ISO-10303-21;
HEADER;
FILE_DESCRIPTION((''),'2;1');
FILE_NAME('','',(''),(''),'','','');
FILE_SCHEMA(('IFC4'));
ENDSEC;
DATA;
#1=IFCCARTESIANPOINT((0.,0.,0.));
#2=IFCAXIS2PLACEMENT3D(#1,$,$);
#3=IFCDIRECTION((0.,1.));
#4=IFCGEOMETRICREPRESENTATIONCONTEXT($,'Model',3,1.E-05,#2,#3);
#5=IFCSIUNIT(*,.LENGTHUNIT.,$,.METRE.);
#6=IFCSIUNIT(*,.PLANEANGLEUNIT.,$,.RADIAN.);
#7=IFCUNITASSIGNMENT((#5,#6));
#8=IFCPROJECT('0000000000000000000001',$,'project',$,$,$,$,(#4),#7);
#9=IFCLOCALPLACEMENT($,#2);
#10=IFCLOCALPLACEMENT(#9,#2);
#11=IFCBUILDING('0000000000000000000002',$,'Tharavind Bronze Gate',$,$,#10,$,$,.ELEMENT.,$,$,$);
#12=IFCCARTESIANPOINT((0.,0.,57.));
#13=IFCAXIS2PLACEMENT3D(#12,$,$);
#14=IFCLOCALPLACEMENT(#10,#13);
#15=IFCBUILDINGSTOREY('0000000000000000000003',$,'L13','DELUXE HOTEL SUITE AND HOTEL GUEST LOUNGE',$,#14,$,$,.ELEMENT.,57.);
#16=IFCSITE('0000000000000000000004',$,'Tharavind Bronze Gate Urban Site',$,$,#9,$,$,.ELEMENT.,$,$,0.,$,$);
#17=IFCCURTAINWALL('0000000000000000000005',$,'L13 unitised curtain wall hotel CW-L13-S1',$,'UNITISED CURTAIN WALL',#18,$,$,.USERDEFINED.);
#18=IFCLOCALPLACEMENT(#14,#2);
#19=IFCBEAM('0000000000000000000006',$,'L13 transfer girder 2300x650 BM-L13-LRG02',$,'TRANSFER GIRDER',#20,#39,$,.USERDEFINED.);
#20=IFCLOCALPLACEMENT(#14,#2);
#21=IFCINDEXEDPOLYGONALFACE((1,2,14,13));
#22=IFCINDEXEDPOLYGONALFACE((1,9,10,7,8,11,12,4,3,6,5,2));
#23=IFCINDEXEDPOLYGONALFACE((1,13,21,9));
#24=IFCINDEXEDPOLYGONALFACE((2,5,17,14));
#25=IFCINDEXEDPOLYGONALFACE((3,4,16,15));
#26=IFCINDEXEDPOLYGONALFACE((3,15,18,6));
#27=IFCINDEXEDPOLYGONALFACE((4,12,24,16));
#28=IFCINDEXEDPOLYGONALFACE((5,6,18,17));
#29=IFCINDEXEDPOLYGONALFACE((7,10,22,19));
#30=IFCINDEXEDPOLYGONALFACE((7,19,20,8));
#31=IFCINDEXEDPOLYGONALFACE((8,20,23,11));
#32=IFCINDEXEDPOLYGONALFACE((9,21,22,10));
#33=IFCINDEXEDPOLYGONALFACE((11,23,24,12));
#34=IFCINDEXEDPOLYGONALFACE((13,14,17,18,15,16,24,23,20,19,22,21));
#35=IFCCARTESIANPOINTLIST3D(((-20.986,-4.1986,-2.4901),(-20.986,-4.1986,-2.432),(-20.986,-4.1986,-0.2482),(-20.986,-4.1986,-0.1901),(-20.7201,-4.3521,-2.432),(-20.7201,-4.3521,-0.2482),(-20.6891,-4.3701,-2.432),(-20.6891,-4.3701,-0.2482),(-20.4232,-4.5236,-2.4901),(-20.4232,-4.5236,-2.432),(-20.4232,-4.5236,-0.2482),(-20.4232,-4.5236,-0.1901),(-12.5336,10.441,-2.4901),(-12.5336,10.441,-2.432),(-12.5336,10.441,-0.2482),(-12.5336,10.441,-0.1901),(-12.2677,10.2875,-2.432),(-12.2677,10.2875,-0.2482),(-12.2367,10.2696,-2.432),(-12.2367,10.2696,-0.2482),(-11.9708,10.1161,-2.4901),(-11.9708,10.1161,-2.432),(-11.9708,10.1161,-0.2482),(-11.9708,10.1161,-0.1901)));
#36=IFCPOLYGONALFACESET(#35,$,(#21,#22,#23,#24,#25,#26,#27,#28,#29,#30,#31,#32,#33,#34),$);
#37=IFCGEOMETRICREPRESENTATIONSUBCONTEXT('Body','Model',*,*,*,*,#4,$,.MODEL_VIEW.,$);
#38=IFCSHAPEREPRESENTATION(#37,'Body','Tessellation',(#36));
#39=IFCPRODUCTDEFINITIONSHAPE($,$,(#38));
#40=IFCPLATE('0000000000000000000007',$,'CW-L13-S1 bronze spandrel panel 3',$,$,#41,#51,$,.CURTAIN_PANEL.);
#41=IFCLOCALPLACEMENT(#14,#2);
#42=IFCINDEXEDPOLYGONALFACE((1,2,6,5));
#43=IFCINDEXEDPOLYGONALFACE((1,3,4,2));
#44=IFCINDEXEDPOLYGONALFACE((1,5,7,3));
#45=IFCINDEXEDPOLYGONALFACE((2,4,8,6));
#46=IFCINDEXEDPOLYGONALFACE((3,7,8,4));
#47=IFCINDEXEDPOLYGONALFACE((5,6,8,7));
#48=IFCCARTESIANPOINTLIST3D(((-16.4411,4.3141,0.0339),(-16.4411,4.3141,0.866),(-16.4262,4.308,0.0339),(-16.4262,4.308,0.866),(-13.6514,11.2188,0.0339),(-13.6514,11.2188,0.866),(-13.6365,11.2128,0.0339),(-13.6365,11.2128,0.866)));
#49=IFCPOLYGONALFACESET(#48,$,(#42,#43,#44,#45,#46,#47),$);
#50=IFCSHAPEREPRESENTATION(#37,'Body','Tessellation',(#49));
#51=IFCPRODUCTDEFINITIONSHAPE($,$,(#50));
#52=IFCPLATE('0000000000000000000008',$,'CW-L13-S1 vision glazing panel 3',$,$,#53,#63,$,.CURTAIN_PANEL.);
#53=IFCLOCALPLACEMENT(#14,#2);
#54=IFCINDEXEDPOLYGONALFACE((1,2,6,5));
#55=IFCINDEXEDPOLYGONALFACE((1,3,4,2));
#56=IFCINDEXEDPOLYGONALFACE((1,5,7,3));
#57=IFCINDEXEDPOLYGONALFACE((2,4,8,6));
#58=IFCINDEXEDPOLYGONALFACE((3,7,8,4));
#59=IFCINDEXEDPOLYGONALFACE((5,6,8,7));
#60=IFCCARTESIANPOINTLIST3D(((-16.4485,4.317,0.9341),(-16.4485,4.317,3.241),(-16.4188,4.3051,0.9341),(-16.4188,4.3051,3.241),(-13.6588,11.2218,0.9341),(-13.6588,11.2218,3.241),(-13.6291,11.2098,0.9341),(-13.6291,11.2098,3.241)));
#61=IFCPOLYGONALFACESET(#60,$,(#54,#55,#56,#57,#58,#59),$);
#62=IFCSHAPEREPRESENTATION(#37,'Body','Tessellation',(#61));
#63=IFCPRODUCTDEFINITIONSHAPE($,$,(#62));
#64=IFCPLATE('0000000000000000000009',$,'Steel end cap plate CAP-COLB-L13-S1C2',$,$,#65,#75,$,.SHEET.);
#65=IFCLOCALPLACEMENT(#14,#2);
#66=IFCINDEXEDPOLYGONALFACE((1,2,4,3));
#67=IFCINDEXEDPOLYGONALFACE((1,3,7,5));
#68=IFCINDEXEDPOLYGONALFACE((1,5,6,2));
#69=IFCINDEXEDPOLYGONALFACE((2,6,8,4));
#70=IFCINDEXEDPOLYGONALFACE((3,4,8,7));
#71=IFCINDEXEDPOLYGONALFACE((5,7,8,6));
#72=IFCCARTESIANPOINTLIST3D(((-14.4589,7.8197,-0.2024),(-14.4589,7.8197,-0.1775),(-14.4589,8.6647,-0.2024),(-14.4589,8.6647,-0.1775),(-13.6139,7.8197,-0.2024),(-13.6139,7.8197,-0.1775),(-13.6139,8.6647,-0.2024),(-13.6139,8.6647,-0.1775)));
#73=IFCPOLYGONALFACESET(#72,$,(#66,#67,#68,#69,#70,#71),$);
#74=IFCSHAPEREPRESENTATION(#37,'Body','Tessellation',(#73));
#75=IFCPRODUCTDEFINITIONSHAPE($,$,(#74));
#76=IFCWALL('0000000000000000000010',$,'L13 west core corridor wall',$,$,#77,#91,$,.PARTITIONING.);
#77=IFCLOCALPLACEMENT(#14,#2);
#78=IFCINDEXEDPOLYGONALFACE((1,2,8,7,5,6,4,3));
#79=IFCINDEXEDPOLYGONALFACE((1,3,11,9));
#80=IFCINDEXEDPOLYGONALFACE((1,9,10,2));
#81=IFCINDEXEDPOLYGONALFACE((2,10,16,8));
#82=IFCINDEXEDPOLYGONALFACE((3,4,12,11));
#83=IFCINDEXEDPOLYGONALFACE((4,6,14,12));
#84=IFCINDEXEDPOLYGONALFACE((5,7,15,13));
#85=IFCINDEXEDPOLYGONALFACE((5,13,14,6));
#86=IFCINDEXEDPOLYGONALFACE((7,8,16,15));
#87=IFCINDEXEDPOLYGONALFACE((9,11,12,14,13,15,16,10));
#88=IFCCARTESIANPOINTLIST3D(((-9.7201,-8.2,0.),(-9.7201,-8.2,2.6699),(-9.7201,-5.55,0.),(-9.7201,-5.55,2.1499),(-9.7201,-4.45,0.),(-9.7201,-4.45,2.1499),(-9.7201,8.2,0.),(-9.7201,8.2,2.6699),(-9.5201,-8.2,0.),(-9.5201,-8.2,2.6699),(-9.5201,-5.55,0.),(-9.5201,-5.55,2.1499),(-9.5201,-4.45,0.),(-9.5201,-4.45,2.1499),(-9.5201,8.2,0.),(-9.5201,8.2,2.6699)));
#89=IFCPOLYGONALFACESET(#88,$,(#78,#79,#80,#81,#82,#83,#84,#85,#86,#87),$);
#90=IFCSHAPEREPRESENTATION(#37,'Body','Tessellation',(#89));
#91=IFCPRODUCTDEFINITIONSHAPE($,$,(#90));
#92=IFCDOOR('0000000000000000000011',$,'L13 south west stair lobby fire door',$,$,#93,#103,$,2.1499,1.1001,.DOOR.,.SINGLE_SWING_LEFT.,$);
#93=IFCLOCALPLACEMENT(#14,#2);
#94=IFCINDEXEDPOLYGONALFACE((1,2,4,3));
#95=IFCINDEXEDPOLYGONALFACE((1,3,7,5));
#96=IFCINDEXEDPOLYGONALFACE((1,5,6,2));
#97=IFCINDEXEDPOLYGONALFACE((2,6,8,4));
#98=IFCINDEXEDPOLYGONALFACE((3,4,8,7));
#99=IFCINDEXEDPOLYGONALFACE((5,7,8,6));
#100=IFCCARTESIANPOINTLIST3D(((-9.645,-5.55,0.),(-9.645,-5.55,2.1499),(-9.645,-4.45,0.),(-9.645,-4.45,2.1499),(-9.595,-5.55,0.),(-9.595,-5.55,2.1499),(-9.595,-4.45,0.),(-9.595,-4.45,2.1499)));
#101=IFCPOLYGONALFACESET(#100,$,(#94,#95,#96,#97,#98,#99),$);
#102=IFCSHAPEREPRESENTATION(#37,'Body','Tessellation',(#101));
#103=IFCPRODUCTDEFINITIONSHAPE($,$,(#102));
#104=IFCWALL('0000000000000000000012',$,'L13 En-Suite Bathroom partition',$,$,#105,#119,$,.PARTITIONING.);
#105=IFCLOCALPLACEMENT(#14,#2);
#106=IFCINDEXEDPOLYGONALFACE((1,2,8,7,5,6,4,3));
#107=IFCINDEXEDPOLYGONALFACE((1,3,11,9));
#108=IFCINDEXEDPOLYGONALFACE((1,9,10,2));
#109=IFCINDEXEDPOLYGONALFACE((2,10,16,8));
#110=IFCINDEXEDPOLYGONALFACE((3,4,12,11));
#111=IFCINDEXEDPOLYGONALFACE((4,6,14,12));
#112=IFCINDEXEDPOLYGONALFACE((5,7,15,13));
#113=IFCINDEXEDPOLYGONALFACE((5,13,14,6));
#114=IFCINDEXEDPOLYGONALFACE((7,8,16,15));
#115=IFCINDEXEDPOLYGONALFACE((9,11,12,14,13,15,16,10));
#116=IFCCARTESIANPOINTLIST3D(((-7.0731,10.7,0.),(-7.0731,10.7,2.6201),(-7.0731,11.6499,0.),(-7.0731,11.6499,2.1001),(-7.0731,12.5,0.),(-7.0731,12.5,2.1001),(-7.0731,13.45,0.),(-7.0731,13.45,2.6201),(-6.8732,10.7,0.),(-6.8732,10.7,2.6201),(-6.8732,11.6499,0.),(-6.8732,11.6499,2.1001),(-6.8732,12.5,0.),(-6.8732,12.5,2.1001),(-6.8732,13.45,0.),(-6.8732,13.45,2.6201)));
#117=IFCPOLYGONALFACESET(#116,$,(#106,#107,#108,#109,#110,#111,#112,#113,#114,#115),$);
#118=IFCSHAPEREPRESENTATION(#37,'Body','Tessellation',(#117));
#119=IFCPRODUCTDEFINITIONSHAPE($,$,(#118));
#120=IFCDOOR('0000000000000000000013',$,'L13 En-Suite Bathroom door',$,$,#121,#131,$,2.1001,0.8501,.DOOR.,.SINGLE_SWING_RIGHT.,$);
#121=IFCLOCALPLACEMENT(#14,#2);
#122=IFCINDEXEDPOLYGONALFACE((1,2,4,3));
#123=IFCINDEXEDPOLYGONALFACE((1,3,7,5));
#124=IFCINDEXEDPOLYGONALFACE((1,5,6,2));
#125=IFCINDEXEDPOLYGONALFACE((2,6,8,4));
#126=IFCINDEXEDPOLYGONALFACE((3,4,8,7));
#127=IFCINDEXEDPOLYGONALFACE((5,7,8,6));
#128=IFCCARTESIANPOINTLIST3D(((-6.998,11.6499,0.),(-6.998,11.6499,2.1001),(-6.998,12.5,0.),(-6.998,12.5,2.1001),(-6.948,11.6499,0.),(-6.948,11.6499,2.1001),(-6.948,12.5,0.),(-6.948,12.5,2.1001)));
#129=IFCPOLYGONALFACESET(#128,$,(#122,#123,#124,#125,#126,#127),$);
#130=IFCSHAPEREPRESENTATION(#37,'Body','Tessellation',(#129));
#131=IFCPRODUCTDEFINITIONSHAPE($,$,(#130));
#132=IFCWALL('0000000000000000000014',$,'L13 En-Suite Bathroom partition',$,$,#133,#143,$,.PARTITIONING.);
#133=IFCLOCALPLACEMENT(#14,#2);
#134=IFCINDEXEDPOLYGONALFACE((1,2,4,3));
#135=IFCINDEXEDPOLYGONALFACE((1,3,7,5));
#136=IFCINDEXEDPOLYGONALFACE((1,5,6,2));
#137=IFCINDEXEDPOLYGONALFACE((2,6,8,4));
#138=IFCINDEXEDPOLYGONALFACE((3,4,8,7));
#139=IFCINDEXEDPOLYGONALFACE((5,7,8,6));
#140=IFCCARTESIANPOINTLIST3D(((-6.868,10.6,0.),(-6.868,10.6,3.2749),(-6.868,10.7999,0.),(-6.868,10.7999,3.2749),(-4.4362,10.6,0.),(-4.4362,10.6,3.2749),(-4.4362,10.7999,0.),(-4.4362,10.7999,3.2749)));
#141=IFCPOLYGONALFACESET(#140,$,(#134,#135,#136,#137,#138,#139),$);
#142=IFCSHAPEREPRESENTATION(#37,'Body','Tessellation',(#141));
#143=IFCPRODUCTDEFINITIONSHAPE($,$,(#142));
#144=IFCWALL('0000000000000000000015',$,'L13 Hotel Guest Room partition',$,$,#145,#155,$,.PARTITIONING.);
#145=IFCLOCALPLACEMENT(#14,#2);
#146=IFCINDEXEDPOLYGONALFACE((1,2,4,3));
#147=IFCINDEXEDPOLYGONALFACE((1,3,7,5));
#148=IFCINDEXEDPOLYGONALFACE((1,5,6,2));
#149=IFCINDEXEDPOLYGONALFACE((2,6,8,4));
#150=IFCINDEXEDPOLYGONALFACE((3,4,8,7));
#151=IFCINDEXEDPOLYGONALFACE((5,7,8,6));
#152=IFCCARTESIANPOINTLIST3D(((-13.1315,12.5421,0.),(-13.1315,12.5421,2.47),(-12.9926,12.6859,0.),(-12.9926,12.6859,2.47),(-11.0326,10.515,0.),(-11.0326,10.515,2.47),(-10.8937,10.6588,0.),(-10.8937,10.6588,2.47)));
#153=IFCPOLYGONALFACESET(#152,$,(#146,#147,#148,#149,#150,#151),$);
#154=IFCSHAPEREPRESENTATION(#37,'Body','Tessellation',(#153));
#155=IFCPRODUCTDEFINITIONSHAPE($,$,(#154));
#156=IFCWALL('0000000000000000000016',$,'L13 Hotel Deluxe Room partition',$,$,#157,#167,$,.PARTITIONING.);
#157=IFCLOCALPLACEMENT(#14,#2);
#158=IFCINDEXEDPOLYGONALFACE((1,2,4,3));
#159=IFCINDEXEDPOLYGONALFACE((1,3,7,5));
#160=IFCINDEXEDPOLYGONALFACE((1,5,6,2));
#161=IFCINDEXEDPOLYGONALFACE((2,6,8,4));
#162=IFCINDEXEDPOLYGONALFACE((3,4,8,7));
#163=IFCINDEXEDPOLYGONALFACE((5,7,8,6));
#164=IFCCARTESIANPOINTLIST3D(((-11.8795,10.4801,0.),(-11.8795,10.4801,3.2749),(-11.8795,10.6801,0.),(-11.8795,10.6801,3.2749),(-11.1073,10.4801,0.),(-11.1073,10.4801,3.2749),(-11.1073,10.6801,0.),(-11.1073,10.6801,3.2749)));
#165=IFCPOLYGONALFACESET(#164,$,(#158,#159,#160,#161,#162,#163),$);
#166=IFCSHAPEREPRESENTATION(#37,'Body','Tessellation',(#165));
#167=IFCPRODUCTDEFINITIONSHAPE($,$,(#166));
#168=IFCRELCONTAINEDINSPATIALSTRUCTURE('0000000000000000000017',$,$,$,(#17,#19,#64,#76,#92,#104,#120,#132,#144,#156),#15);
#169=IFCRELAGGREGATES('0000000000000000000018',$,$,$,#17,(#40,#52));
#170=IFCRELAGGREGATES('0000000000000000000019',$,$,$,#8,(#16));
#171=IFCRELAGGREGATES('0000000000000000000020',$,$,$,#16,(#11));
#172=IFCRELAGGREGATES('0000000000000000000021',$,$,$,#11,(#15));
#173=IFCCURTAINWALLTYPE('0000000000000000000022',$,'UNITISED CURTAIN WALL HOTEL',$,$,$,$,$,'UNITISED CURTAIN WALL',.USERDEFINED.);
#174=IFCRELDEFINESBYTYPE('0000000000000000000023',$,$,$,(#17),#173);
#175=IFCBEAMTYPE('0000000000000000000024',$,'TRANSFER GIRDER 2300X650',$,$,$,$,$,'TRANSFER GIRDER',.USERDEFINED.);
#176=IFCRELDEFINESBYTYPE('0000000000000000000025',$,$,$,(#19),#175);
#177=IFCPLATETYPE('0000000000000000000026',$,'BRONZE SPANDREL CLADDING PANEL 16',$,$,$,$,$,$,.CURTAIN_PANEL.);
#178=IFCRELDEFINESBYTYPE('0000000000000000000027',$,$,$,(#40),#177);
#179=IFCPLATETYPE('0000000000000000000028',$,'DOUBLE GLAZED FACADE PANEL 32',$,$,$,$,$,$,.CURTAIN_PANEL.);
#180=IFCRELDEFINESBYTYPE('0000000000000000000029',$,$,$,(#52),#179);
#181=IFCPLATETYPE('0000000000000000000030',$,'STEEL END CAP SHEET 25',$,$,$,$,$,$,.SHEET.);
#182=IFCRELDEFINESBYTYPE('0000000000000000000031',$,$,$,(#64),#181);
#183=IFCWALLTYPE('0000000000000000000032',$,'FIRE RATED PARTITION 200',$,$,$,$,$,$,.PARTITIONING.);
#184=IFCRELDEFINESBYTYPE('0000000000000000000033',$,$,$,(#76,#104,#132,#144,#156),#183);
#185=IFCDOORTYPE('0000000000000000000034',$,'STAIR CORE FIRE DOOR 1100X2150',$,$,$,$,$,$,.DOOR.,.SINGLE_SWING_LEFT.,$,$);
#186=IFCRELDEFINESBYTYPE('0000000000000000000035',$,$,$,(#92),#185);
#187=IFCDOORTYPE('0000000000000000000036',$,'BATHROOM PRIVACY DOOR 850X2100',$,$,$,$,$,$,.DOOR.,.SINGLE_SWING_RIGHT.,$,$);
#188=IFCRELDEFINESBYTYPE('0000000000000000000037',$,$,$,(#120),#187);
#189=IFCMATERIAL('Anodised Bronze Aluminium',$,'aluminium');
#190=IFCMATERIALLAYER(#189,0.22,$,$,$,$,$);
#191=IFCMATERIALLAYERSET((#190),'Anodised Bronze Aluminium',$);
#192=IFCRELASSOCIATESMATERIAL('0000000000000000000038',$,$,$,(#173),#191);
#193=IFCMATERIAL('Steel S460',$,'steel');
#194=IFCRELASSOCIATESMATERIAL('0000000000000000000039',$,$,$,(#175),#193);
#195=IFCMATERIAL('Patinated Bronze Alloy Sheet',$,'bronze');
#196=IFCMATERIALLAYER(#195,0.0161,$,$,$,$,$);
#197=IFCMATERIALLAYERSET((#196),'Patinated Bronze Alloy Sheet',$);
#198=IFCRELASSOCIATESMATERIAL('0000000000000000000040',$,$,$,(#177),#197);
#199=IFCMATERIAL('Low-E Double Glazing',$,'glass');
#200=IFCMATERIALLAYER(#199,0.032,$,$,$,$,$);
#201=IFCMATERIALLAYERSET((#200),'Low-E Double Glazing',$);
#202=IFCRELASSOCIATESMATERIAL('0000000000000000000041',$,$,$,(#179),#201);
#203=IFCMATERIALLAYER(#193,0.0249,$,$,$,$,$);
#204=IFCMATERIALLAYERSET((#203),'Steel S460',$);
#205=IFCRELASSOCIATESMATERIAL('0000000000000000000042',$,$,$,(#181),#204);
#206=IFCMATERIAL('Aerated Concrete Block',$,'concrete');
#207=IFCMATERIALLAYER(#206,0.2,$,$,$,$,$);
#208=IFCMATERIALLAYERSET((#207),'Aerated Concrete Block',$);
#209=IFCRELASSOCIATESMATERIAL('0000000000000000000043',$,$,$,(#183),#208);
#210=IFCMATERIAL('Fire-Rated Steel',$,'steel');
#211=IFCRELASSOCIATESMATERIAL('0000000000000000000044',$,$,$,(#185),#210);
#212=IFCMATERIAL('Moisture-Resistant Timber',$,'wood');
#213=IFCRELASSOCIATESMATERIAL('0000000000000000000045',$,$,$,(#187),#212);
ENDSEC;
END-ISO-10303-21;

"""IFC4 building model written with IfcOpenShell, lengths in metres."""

from ifc_helpers import new_model, si_unit, direction, frame, frame_2d, origin, origin_2d, place, context, subcontext, project, spatial, rectangle, i_section, extrude, material, layer, layer_set, material_profile, profile_set, type_object, element, fill, aggregate, save


model = new_model("IFC4")

# Units and contexts
model_context = context("Model", 3, precision=1e-05, world=origin(), true_north=direction((0.0, 1.0)))
body_context = subcontext(model_context, "Body", "Model", "MODEL_VIEW")
ifc_project = project(units=[si_unit("LENGTHUNIT", "METRE"), si_unit("PLANEANGLEUNIT", "RADIAN")], contexts=[model_context])

# Site, building, storey
site_placement = place(None, origin())
site = spatial("IfcSite", under=ifc_project, at=site_placement, Name="Tharavind Bronze Gate Urban Site", CompositionType="ELEMENT", RefElevation=0.0)
building_placement = place(site_placement, origin())
building = spatial("IfcBuilding", under=site, at=building_placement, Name="Tharavind Bronze Gate", CompositionType="ELEMENT")
storey_placement = place(building_placement, frame((0.0, 0.0, 57.0)))
storey = spatial("IfcBuildingStorey", under=building, at=storey_placement, Name="L13", Description="DELUXE HOTEL SUITE AND HOTEL GUEST LOUNGE", CompositionType="ELEMENT", Elevation=57.0)

# Shared definitions
ifc_material_1 = material(Name="Steel S460", Category="steel")

# Curtain wall
ifc_material_2 = material(Name="Anodised Bronze Aluminium", Category="aluminium")
ifc_layer_1 = layer(ifc_material_2, 0.22)
ifc_layer_set_1 = layer_set([ifc_layer_1], Name="Anodised Bronze Aluminium")
curtain_wall_type = type_object("IfcCurtainWallType", Name="UNITISED CURTAIN WALL HOTEL", ElementType="UNITISED CURTAIN WALL", PredefinedType="USERDEFINED", material=ifc_layer_set_1)
curtain_wall_placement = place(storey_placement, origin())
curtain_wall = element("IfcCurtainWall", 1, at=curtain_wall_placement, inside=storey, type_object=curtain_wall_type, Name="L13 unitised curtain wall hotel CW-L13-S1", ObjectType="UNITISED CURTAIN WALL", PredefinedType="USERDEFINED")

# Beam
ifc_material_profile_1 = material_profile(ifc_material_1, i_section(OverallWidth=0.6499, OverallDepth=2.3, WebThickness=0.0359, FlangeThickness=0.0581, at=origin_2d()), Name="PG2300X650")
ifc_profile_set_1 = profile_set([ifc_material_profile_1], Name="Steel S460")
beam_type_1 = type_object("IfcBeamType", Name="TRANSFER GIRDER 2300X650", ElementType="TRANSFER GIRDER", PredefinedType="USERDEFINED", material=ifc_profile_set_1)
beam_1_placement = place(storey_placement, frame((-12.2522, 10.2786, -1.3401), z_axis=(-0.500008, -0.866021, 0.0), x_axis=(0.866021, -0.500008, 0.0)))
element("IfcBeam", 2, at=beam_1_placement, inside=storey, type_object=beam_type_1, Name="L13 transfer girder 2300x650 BM-L13-LRG02", ObjectType="TRANSFER GIRDER", PredefinedType="USERDEFINED", context=body_context, shape_type="SweptSolid", body=[
    extrude(i_section(OverallWidth=0.6499, OverallDepth=2.3, WebThickness=0.0359, FlangeThickness=0.0581, at=origin_2d()), origin(), (0.0, 0.0, 1.0), 16.9045),
])

# Plates
ifc_material_3 = material(Name="Patinated Bronze Alloy Sheet", Category="bronze")
ifc_layer_2 = layer(ifc_material_3, 0.0161)
ifc_layer_set_2 = layer_set([ifc_layer_2], Name="Patinated Bronze Alloy Sheet")
plate_type_1 = type_object("IfcPlateType", Name="BRONZE SPANDREL CLADDING PANEL 16", PredefinedType="CURTAIN_PANEL", material=ifc_layer_set_2)
plate_1_placement = place(storey_placement, frame((-15.0388, 7.7634, 0.0339), z_axis=(0.0, 0.0, 1.0), x_axis=(-0.374607, -0.927184, 0.0)))
plate_1 = element("IfcPlate", 3, at=plate_1_placement, type_object=plate_type_1, Name="CW-L13-S1 bronze spandrel panel 3", PredefinedType="CURTAIN_PANEL", context=body_context, shape_type="SweptSolid", body=[
    extrude(rectangle(XDim=7.447, YDim=0.0161, at=origin_2d()), origin(), (0.0, 0.0, 1.0), 0.832),
])
ifc_material_4 = material(Name="Low-E Double Glazing", Category="glass")
ifc_layer_3 = layer(ifc_material_4, 0.032)
ifc_layer_set_3 = layer_set([ifc_layer_3], Name="Low-E Double Glazing")
plate_type_2 = type_object("IfcPlateType", Name="DOUBLE GLAZED FACADE PANEL 32", PredefinedType="CURTAIN_PANEL", material=ifc_layer_set_3)
plate_2_placement = place(storey_placement, frame((-15.0388, 7.7634, 0.9341), z_axis=(0.0, 0.0, 1.0), x_axis=(-0.374607, -0.927184, 0.0)))
plate_2 = element("IfcPlate", 4, at=plate_2_placement, type_object=plate_type_2, Name="CW-L13-S1 vision glazing panel 3", PredefinedType="CURTAIN_PANEL", context=body_context, shape_type="SweptSolid", body=[
    extrude(rectangle(XDim=7.447, YDim=0.032, at=origin_2d()), origin(), (0.0, 0.0, 1.0), 2.3069),
])
aggregate(curtain_wall, [plate_1, plate_2])
ifc_layer_4 = layer(ifc_material_1, 0.0249)
ifc_layer_set_4 = layer_set([ifc_layer_4], Name="Steel S460")
plate_type_3 = type_object("IfcPlateType", Name="STEEL END CAP SHEET 25", PredefinedType="SHEET", material=ifc_layer_set_4)
plate_3_placement = place(storey_placement, frame((-14.0364, 8.2422, -0.2024), z_axis=(0.0, 0.0, 1.0), x_axis=(1.0, 0.0, 0.0)))
element("IfcPlate", 5, at=plate_3_placement, inside=storey, type_object=plate_type_3, Name="Steel end cap plate CAP-COLB-L13-S1C2", PredefinedType="SHEET", context=body_context, shape_type="SweptSolid", body=[
    extrude(rectangle(XDim=0.845, YDim=0.845, at=origin_2d()), origin(), (0.0, 0.0, 1.0), 0.0249),
])

# Walls, openings, doors
ifc_material_5 = material(Name="Aerated Concrete Block", Category="concrete")
ifc_layer_5 = layer(ifc_material_5, 0.2)
ifc_layer_set_5 = layer_set([ifc_layer_5], Name="Aerated Concrete Block")
wall_type_1 = type_object("IfcWallType", Name="FIRE RATED PARTITION 200", PredefinedType="PARTITIONING", material=ifc_layer_set_5)
wall_1_placement = place(storey_placement, frame((-9.6201, 8.2, 0.0), z_axis=(0.0, 0.0, 1.0), x_axis=(0.0, -1.0, 0.0)))
wall_1 = element("IfcWall", 6, at=wall_1_placement, inside=storey, type_object=wall_type_1, Name="L13 west core corridor wall", PredefinedType="PARTITIONING", context=body_context, shape_type="SweptSolid", body=[
    extrude(rectangle(XDim=16.3999, YDim=0.2, at=frame_2d((8.2, 0.0))), origin(), (0.0, 0.0, 1.0), 2.6699),
])
opening_1_placement = place(wall_1_placement, frame((12.6499, 0.0, 0.0)))
opening_1 = element("IfcOpeningElement", 7, at=opening_1_placement, cuts=wall_1, PredefinedType="OPENING", context=body_context, shape_type="SweptSolid", body=[
    extrude(rectangle(XDim=1.1001, YDim=2.1499, at=frame_2d((0.55, 1.075))), frame((0.0, 0.1101, 0.0), z_axis=(0.0, -1.0, 0.0), x_axis=(1.0, 0.0, 0.0)), (0.0, 0.0, 1.0), 0.22),
])
ifc_material_6 = material(Name="Fire-Rated Steel", Category="steel")
door_type_1 = type_object("IfcDoorType", Name="STAIR CORE FIRE DOOR 1100X2150", OperationType="SINGLE_SWING_LEFT", PredefinedType="DOOR", material=ifc_material_6)
door_1_placement = place(opening_1_placement, frame((1.1001, 0.0, 0.0), z_axis=(0.0, 0.0, 1.0), x_axis=(-1.0, 0.0, 0.0)))
door_1 = element("IfcDoor", 8, at=door_1_placement, inside=storey, type_object=door_type_1, Name="L13 south west stair lobby fire door", OperationType="SINGLE_SWING_LEFT", OverallHeight=2.1499, OverallWidth=1.1001, PredefinedType="DOOR", context=body_context, shape_type="SweptSolid", body=[
    extrude(rectangle(XDim=1.1001, YDim=2.1499, at=frame_2d((0.55, 1.075))), frame((0.0, 0.0249, 0.0), z_axis=(0.0, -1.0, 0.0), x_axis=(1.0, 0.0, 0.0)), (0.0, 0.0, 1.0), 0.05),
])
fill(opening_1, door_1)
wall_2_placement = place(storey_placement, frame((-6.9731, 10.7, 0.0), z_axis=(0.0, 0.0, 1.0), x_axis=(0.0, 1.0, 0.0)))
wall_2 = element("IfcWall", 9, at=wall_2_placement, inside=storey, type_object=wall_type_1, Name="L13 En-Suite Bathroom partition", PredefinedType="PARTITIONING", context=body_context, shape_type="SweptSolid", body=[
    extrude(rectangle(XDim=2.75, YDim=0.2, at=frame_2d((1.375, 0.0))), origin(), (0.0, 0.0, 1.0), 2.6201),
])
opening_2_placement = place(wall_2_placement, frame((0.95, 0.0, 0.0)))
opening_2 = element("IfcOpeningElement", 10, at=opening_2_placement, cuts=wall_2, PredefinedType="OPENING", context=body_context, shape_type="SweptSolid", body=[
    extrude(rectangle(XDim=0.8501, YDim=2.1001, at=frame_2d((0.425, 1.05))), frame((0.0, 0.1101, 0.0), z_axis=(0.0, -1.0, 0.0), x_axis=(1.0, 0.0, 0.0)), (0.0, 0.0, 1.0), 0.22),
])
ifc_material_7 = material(Name="Moisture-Resistant Timber", Category="wood")
door_type_2 = type_object("IfcDoorType", Name="BATHROOM PRIVACY DOOR 850X2100", OperationType="SINGLE_SWING_RIGHT", PredefinedType="DOOR", material=ifc_material_7)
door_2_placement = place(opening_2_placement, origin())
door_2 = element("IfcDoor", 11, at=door_2_placement, inside=storey, type_object=door_type_2, Name="L13 En-Suite Bathroom door", OperationType="SINGLE_SWING_RIGHT", OverallHeight=2.1001, OverallWidth=0.8501, PredefinedType="DOOR", context=body_context, shape_type="SweptSolid", body=[
    extrude(rectangle(XDim=0.8501, YDim=2.1001, at=frame_2d((0.425, 1.05))), frame((0.0, 0.0249, 0.0), z_axis=(0.0, -1.0, 0.0), x_axis=(1.0, 0.0, 0.0)), (0.0, 0.0, 1.0), 0.05),
])
fill(opening_2, door_2)

# Wall
wall_3_placement = place(storey_placement, frame((-4.4363, 10.7, 0.0), z_axis=(0.0, 0.0, 1.0), x_axis=(-1.0, 0.0, 0.0)))
element("IfcWall", 12, at=wall_3_placement, inside=storey, type_object=wall_type_1, Name="L13 En-Suite Bathroom partition", PredefinedType="PARTITIONING", context=body_context, shape_type="SweptSolid", body=[
    extrude(rectangle(XDim=2.4319, YDim=0.2, at=frame_2d((1.2158, 0.0))), origin(), (0.0, 0.0, 1.0), 3.2749),
])

# Walls
wall_4_placement = place(storey_placement, frame((-10.9631, 10.5869, 0.0), z_axis=(0.0, 0.0, 1.0), x_axis=(-0.719299, 0.694701, 0.0)))
element("IfcWall", 13, at=wall_4_placement, inside=storey, type_object=wall_type_1, Name="L13 Hotel Guest Room partition", PredefinedType="PARTITIONING", context=body_context, shape_type="SweptSolid", body=[
    extrude(rectangle(XDim=2.918, YDim=0.2, at=frame_2d((1.459, 0.0))), origin(), (0.0, 0.0, 1.0), 2.47),
])
wall_5_placement = place(storey_placement, frame((-11.1072, 10.5801, 0.0), z_axis=(0.0, 0.0, 1.0), x_axis=(-1.0, 0.0, 0.0)))
element("IfcWall", 14, at=wall_5_placement, inside=storey, type_object=wall_type_1, Name="L13 Hotel Deluxe Room partition", PredefinedType="PARTITIONING", context=body_context, shape_type="SweptSolid", body=[
    extrude(rectangle(XDim=0.7722, YDim=0.2, at=frame_2d((0.3862, 0.0))), origin(), (0.0, 0.0, 1.0), 3.2749),
])

save(model, "model.ifc")
